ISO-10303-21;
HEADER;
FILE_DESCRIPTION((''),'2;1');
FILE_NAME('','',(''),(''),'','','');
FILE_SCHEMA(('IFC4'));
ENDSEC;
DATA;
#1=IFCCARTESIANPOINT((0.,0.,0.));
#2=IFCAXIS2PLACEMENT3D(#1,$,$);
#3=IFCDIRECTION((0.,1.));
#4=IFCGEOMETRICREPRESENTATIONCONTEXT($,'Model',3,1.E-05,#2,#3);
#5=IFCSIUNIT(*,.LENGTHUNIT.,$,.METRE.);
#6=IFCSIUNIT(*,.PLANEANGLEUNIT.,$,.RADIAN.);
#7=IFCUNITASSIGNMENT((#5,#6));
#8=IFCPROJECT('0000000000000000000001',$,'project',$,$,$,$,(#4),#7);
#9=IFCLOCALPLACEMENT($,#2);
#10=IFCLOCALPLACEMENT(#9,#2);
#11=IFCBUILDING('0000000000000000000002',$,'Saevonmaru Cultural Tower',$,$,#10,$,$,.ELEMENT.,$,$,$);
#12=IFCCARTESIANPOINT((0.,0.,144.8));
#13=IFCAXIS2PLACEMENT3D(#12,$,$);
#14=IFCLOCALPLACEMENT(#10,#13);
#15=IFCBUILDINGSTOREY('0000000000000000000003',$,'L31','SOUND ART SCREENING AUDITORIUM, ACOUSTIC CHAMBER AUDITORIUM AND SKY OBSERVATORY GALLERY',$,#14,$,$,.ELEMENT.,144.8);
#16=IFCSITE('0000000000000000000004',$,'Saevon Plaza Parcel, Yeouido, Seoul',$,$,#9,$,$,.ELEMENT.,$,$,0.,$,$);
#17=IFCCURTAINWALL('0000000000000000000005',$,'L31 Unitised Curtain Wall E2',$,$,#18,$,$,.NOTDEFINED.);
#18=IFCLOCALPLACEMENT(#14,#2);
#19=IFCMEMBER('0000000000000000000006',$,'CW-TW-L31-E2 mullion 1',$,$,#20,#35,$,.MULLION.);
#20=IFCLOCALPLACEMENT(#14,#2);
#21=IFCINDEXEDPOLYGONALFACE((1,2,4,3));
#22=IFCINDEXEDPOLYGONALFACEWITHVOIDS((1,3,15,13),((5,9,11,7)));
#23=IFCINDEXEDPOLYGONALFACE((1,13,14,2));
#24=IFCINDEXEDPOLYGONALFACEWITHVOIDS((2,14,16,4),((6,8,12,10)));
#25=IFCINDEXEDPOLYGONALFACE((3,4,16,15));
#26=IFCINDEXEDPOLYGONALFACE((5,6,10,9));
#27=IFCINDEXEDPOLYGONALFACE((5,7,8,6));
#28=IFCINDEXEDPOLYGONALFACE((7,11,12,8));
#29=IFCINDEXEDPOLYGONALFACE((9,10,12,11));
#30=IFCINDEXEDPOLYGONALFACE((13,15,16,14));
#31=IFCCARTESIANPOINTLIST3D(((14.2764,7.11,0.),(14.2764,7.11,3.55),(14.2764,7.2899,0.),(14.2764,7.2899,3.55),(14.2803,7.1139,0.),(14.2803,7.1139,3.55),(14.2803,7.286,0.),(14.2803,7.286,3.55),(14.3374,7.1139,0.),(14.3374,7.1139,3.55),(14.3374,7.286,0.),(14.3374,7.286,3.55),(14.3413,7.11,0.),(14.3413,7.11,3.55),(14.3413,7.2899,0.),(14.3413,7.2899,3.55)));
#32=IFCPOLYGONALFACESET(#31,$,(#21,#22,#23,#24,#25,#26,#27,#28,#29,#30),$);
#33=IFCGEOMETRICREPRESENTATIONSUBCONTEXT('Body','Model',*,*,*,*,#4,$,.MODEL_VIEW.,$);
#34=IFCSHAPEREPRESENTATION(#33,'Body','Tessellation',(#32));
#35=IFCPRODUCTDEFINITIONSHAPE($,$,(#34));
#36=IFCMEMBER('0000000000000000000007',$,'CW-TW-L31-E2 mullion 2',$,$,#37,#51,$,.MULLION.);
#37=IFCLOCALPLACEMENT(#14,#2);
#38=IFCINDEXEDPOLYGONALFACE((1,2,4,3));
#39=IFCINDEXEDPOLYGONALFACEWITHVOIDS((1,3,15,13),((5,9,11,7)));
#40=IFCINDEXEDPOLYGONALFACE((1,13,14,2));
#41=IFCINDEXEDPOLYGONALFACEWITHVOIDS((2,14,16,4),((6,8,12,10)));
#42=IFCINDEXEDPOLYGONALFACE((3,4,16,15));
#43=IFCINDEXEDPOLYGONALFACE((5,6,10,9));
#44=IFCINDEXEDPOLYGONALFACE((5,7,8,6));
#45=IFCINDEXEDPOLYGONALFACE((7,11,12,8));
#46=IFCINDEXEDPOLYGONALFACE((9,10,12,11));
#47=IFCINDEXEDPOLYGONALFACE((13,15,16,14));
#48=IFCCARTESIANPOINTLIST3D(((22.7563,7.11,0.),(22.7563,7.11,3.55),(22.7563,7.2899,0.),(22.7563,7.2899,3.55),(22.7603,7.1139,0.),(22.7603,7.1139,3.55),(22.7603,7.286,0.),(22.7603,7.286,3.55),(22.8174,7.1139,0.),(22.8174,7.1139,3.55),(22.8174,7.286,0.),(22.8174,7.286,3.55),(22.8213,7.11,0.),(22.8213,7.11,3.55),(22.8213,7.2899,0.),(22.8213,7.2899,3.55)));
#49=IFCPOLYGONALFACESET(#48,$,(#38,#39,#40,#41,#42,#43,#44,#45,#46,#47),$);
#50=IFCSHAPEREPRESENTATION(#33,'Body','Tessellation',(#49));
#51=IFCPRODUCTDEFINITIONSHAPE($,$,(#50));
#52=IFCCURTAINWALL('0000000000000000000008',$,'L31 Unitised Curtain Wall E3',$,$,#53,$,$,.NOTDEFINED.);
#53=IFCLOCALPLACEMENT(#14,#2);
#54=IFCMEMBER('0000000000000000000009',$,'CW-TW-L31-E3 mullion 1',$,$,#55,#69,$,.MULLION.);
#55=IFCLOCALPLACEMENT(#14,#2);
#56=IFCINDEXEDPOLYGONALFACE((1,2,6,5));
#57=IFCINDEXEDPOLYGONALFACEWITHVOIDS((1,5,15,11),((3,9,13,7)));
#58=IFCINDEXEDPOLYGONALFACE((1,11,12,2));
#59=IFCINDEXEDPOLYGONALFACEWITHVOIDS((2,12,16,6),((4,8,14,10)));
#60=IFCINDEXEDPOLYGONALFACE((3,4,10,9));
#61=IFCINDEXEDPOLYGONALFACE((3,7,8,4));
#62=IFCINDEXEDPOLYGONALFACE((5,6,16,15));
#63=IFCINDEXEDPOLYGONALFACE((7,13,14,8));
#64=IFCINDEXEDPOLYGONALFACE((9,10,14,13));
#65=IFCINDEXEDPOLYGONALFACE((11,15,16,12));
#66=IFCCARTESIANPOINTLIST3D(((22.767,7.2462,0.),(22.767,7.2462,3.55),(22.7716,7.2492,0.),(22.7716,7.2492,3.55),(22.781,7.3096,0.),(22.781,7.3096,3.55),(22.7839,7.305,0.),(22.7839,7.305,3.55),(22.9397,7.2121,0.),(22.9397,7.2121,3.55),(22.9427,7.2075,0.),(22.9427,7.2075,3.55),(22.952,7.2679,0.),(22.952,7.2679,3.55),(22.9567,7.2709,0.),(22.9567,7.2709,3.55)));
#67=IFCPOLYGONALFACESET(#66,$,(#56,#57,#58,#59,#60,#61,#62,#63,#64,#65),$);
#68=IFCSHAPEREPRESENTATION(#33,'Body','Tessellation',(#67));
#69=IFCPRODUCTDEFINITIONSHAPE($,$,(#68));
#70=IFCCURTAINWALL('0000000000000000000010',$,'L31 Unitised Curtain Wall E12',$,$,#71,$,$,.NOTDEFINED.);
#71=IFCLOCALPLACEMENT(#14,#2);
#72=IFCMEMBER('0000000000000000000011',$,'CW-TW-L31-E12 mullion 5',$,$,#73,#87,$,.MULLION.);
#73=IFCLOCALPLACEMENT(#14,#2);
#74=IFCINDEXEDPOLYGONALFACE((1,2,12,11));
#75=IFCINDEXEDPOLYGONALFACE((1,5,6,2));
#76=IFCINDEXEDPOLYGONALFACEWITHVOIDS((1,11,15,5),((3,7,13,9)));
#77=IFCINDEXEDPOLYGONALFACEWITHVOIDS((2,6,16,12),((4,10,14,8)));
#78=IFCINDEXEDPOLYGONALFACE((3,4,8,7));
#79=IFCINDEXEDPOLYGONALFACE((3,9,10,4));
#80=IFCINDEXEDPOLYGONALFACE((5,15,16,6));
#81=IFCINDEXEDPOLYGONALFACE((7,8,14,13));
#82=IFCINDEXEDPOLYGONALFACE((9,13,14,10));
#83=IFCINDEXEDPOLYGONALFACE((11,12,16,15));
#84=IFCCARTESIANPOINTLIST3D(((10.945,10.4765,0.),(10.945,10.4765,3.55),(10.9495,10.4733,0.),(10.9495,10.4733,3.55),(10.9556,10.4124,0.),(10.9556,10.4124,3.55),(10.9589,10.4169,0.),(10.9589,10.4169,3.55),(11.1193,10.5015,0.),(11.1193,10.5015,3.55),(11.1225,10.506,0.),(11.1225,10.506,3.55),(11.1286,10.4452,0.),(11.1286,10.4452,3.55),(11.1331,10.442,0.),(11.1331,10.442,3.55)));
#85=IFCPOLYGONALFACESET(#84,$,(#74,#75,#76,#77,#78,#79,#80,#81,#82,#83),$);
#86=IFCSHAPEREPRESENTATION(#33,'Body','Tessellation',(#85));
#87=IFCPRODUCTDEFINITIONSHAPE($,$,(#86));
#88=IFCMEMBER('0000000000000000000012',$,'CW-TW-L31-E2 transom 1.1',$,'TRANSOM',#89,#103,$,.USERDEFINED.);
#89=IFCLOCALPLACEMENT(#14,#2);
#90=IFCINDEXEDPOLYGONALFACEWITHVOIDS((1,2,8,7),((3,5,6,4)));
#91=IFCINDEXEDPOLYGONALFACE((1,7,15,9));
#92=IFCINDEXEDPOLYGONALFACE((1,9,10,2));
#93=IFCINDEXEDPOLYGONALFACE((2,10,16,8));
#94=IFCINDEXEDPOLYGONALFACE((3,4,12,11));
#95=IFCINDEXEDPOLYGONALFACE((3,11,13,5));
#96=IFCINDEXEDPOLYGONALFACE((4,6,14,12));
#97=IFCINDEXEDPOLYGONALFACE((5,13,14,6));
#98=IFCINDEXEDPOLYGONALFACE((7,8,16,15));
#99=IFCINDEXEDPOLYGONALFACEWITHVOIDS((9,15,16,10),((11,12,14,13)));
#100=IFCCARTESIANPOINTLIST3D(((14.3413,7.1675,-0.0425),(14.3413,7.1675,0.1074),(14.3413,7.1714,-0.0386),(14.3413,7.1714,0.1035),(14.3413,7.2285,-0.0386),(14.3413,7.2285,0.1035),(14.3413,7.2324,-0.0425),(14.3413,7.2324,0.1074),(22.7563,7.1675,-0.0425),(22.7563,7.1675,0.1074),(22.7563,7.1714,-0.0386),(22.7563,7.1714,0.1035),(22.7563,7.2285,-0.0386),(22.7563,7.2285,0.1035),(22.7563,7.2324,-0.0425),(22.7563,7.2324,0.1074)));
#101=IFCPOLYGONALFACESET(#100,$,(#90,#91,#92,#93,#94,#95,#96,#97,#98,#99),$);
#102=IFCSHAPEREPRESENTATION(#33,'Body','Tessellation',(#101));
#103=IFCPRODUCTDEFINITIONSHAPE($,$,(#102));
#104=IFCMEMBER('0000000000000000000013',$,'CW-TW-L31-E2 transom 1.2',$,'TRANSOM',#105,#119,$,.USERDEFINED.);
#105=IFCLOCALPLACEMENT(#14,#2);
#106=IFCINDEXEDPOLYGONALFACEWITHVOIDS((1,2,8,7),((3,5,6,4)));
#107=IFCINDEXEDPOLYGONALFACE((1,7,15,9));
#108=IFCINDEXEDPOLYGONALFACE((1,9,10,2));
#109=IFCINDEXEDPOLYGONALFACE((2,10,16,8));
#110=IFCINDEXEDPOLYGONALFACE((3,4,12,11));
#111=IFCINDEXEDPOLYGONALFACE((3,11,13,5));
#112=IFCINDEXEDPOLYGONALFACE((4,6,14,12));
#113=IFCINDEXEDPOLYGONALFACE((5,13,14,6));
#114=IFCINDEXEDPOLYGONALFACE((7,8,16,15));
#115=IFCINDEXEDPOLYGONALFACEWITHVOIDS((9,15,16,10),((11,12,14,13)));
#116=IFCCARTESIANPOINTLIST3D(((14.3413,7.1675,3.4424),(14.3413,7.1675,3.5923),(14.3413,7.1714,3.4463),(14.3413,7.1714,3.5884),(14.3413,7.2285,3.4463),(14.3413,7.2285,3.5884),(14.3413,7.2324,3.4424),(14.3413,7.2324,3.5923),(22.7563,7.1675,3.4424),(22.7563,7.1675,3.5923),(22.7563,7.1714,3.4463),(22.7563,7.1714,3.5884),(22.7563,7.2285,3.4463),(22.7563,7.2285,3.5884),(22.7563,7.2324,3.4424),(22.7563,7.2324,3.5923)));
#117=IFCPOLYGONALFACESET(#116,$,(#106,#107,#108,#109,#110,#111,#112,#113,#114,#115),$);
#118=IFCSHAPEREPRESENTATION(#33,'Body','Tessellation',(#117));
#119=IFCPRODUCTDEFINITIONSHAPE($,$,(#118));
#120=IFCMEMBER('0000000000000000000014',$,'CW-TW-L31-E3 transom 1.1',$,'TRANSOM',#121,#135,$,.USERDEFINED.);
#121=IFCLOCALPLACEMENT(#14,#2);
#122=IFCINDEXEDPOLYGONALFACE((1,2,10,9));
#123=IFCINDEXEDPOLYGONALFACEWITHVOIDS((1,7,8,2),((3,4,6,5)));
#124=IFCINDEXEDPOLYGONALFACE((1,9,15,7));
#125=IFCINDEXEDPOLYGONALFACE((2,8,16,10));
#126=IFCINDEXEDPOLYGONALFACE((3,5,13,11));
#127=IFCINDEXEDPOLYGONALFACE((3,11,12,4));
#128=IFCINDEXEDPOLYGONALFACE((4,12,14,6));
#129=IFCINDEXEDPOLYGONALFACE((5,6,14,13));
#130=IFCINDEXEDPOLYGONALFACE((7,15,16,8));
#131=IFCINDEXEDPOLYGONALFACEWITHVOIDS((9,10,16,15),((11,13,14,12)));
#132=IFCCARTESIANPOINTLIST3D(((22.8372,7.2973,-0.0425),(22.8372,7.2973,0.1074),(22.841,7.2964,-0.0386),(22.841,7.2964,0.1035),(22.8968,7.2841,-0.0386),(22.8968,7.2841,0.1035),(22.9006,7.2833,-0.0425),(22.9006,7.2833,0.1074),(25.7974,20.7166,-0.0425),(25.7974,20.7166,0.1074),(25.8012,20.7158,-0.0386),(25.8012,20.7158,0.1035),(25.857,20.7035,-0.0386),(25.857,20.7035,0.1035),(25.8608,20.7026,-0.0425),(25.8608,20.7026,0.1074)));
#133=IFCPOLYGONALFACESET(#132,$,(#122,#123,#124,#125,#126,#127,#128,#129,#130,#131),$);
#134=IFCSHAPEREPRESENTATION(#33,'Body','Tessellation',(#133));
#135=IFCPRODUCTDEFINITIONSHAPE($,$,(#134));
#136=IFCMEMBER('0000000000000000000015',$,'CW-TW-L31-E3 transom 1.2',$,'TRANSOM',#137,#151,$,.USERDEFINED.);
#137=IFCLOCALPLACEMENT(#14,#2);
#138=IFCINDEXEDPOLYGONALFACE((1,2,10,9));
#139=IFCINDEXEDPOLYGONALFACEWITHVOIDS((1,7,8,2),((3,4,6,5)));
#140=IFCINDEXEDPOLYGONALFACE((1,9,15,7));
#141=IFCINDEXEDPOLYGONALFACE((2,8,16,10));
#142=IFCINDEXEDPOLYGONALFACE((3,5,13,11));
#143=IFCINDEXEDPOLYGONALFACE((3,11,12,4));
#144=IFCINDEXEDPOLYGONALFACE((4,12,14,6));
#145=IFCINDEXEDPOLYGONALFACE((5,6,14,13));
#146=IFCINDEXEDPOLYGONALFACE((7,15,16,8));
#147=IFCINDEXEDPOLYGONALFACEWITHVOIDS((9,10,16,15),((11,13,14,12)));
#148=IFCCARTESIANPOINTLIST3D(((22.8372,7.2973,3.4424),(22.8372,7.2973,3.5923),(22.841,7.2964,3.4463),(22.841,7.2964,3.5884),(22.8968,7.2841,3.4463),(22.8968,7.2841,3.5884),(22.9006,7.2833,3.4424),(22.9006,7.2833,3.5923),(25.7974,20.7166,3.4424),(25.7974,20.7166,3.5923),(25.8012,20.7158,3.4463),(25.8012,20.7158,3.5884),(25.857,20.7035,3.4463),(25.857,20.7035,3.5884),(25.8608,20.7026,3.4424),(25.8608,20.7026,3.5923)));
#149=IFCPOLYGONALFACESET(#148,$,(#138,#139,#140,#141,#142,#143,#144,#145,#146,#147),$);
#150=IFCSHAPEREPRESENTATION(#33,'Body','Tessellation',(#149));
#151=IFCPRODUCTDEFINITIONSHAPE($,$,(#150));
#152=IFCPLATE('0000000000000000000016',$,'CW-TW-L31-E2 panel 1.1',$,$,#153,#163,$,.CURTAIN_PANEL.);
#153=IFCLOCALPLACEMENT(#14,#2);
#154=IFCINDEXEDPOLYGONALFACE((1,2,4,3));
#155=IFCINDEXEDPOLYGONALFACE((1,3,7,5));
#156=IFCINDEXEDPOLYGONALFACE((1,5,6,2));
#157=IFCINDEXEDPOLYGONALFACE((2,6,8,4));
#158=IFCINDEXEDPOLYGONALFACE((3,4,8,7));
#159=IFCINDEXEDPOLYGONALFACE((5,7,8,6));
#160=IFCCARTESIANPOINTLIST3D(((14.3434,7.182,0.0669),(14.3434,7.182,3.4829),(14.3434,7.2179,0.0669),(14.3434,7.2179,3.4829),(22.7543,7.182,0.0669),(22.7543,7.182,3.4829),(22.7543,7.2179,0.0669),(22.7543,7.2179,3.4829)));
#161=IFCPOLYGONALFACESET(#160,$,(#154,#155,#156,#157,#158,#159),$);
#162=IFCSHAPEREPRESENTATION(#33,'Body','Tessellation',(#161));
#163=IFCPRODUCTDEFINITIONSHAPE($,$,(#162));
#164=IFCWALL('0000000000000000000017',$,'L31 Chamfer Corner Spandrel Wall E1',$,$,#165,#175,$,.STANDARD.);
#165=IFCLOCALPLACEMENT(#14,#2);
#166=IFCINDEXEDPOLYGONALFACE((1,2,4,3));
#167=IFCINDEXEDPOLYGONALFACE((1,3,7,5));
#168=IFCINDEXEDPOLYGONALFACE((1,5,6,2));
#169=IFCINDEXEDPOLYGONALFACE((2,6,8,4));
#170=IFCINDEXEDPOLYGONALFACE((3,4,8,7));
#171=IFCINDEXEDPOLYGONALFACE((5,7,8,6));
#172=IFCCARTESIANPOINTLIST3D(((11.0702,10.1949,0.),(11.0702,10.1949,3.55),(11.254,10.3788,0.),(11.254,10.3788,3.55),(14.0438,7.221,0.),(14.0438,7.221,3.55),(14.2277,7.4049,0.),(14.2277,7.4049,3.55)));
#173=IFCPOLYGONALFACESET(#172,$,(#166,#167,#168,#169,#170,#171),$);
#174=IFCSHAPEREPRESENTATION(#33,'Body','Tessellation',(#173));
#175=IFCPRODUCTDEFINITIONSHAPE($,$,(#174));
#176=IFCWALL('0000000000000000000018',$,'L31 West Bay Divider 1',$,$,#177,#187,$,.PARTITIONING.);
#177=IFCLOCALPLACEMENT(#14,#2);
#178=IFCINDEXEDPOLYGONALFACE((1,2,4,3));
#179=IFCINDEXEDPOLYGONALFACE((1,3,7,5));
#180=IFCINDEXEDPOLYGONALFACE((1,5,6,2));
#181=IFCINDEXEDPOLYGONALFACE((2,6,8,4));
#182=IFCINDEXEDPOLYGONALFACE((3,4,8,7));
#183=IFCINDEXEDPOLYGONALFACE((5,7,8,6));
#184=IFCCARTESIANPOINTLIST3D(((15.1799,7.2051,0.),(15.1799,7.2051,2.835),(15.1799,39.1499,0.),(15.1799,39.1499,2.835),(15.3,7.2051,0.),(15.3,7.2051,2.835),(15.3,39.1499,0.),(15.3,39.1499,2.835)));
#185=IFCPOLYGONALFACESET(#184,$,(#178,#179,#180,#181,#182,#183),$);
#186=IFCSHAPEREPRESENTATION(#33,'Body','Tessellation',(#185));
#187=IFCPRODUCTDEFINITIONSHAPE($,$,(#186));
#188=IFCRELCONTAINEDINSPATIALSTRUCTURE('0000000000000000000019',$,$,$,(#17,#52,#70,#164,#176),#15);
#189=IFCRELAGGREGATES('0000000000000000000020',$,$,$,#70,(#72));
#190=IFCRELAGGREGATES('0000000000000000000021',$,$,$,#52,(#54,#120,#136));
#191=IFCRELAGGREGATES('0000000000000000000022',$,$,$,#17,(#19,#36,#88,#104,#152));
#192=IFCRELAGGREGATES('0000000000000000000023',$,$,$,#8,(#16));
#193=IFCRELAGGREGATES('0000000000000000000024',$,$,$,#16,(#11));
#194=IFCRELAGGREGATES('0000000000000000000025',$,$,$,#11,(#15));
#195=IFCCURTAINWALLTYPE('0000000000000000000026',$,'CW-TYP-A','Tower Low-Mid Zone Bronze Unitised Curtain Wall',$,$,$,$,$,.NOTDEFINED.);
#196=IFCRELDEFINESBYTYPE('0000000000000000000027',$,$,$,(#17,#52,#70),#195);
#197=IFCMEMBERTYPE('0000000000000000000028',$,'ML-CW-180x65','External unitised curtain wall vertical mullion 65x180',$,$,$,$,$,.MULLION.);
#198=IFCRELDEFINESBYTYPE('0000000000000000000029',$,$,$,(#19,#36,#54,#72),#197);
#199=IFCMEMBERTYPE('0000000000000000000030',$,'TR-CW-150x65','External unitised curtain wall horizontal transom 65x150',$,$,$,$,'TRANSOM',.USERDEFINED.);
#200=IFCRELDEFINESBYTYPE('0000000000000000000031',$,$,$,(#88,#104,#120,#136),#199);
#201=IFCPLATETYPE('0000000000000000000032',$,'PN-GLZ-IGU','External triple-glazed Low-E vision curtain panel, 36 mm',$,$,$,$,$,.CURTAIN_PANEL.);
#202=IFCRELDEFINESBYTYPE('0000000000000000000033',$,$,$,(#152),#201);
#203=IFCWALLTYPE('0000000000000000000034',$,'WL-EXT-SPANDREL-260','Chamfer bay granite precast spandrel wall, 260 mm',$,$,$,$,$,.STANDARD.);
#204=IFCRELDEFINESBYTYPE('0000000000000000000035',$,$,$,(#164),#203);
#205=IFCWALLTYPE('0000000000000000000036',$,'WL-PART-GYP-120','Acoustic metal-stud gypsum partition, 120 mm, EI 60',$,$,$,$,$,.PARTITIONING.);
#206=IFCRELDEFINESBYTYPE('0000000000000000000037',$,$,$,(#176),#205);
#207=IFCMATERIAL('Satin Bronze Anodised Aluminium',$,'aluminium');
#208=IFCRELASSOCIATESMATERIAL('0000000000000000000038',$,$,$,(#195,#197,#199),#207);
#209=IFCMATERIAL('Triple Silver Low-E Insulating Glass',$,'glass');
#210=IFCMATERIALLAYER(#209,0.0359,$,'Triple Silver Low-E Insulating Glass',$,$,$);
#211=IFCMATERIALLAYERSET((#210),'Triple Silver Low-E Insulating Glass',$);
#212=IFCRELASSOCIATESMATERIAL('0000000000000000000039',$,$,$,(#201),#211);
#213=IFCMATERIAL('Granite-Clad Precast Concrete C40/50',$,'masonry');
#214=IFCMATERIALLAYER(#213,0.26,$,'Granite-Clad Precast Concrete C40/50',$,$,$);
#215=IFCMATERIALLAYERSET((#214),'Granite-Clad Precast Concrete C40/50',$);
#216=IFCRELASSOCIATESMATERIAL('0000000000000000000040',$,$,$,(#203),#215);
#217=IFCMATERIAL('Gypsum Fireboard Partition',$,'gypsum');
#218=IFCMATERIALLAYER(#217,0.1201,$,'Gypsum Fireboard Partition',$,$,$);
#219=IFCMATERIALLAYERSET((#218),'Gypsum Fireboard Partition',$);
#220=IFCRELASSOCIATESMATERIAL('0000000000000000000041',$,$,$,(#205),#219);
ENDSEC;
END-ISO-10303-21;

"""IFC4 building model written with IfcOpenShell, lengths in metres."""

from ifc_helpers import new_model, si_unit, direction, frame, frame_2d, origin, origin_2d, place, context, subcontext, project, spatial, rectangle, hollow_rectangle, extrude, material, layer, layer_set, material_profile, profile_set, type_object, element, aggregate, save


model = new_model("IFC4")

# Units and contexts
model_context = context("Model", 3, precision=1e-05, world=origin(), true_north=direction((0.0, 1.0)))
body_context = subcontext(model_context, "Body", "Model", "MODEL_VIEW")
ifc_project = project(units=[si_unit("LENGTHUNIT", "METRE"), si_unit("PLANEANGLEUNIT", "RADIAN")], contexts=[model_context])

# Site, building, storey
site_placement = place(None, origin())
site = spatial("IfcSite", under=ifc_project, at=site_placement, Name="Saevon Plaza Parcel, Yeouido, Seoul", CompositionType="ELEMENT", RefElevation=0.0)
building_placement = place(site_placement, origin())
building = spatial("IfcBuilding", under=site, at=building_placement, Name="Saevonmaru Cultural Tower", CompositionType="ELEMENT")
storey_placement = place(building_placement, frame((0.0, 0.0, 144.8)))
storey = spatial("IfcBuildingStorey", under=building, at=storey_placement, Name="L31", Description="SOUND ART SCREENING AUDITORIUM, ACOUSTIC CHAMBER AUDITORIUM AND SKY OBSERVATORY GALLERY", CompositionType="ELEMENT", Elevation=144.8)

# Curtain wall, members
ifc_material_1 = material(Name="Satin Bronze Anodised Aluminium", Category="aluminium")
curtain_wall_type = type_object("IfcCurtainWallType", Name="CW-TYP-A", Description="Tower Low-Mid Zone Bronze Unitised Curtain Wall", PredefinedType="NOTDEFINED", material=ifc_material_1)
curtain_wall_1_placement = place(storey_placement, origin())
curtain_wall_1 = element("IfcCurtainWall", 1, at=curtain_wall_1_placement, inside=storey, type_object=curtain_wall_type, Name="L31 Unitised Curtain Wall E2", PredefinedType="NOTDEFINED")
ifc_material_profile_1 = material_profile(ifc_material_1, hollow_rectangle(XDim=0.0649, YDim=0.1799, WallThickness=0.0039, at=origin_2d()), Name="ALU-MULL-180x65x4")
ifc_profile_set_1 = profile_set([ifc_material_profile_1], Name="Satin Bronze Anodised Aluminium")
member_type_1 = type_object("IfcMemberType", Name="ML-CW-180x65", Description="External unitised curtain wall vertical mullion 65x180", PredefinedType="MULLION", material=ifc_profile_set_1)
member_1_placement = place(storey_placement, frame((14.3088, 7.2, 0.0), z_axis=(0.0, 0.0, 1.0), x_axis=(1.0, 0.0, 0.0)))
member_1 = element("IfcMember", 2, at=member_1_placement, type_object=member_type_1, Name="CW-TW-L31-E2 mullion 1", PredefinedType="MULLION", context=body_context, shape_type="SweptSolid", body=[
    extrude(hollow_rectangle(XDim=0.0649, YDim=0.1799, WallThickness=0.0039, at=origin_2d()), origin(), (0.0, 0.0, 1.0), 3.55),
])
member_2_placement = place(storey_placement, frame((22.7888, 7.2, 0.0), z_axis=(0.0, 0.0, 1.0), x_axis=(1.0, 0.0, 0.0)))
member_2 = element("IfcMember", 3, at=member_2_placement, type_object=member_type_1, Name="CW-TW-L31-E2 mullion 2", PredefinedType="MULLION", context=body_context, shape_type="SweptSolid", body=[
    extrude(hollow_rectangle(XDim=0.0649, YDim=0.1799, WallThickness=0.0039, at=origin_2d()), origin(), (0.0, 0.0, 1.0), 3.55),
])

# Curtain walls, members
curtain_wall_2_placement = place(storey_placement, origin())
curtain_wall_2 = element("IfcCurtainWall", 4, at=curtain_wall_2_placement, inside=storey, type_object=curtain_wall_type, Name="L31 Unitised Curtain Wall E3", PredefinedType="NOTDEFINED")
member_3_placement = place(storey_placement, frame((22.8618, 7.2585, 0.0), z_axis=(0.0, 0.0, 1.0), x_axis=(0.215413, 0.976523, 0.0)))
member_3 = element("IfcMember", 5, at=member_3_placement, type_object=member_type_1, Name="CW-TW-L31-E3 mullion 1", PredefinedType="MULLION", context=body_context, shape_type="SweptSolid", body=[
    extrude(hollow_rectangle(XDim=0.0649, YDim=0.1799, WallThickness=0.0039, at=origin_2d()), origin(), (0.0, 0.0, 1.0), 3.55),
])
curtain_wall_3_placement = place(storey_placement, origin())
curtain_wall_3 = element("IfcCurtainWall", 6, at=curtain_wall_3_placement, inside=storey, type_object=curtain_wall_type, Name="L31 Unitised Curtain Wall E12", PredefinedType="NOTDEFINED")
member_4_placement = place(storey_placement, frame((11.0391, 10.4592, 0.0), z_axis=(0.0, 0.0, 1.0), x_axis=(0.163999, -0.986461, 0.0)))
member_4 = element("IfcMember", 7, at=member_4_placement, type_object=member_type_1, Name="CW-TW-L31-E12 mullion 5", PredefinedType="MULLION", context=body_context, shape_type="SweptSolid", body=[
    extrude(hollow_rectangle(XDim=0.0649, YDim=0.1799, WallThickness=0.0039, at=origin_2d()), origin(), (0.0, 0.0, 1.0), 3.55),
])
aggregate(curtain_wall_3, [member_4])

# Members
ifc_material_profile_2 = material_profile(ifc_material_1, hollow_rectangle(XDim=0.0649, YDim=0.1499, WallThickness=0.0039, at=origin_2d()), Name="ALU-TRAN-150x65x4")
ifc_profile_set_2 = profile_set([ifc_material_profile_2], Name="Satin Bronze Anodised Aluminium")
member_type_2 = type_object("IfcMemberType", Name="TR-CW-150x65", Description="External unitised curtain wall horizontal transom 65x150", ElementType="TRANSOM", PredefinedType="USERDEFINED", material=ifc_profile_set_2)
member_5_placement = place(storey_placement, frame((14.3413, 7.2, 0.0325), z_axis=(1.0, 0.0, 0.0), x_axis=(0.0, 1.0, 0.0)))
member_5 = element("IfcMember", 8, at=member_5_placement, type_object=member_type_2, Name="CW-TW-L31-E2 transom 1.1", ObjectType="TRANSOM", PredefinedType="USERDEFINED", context=body_context, shape_type="SweptSolid", body=[
    extrude(hollow_rectangle(XDim=0.0649, YDim=0.1499, WallThickness=0.0039, at=origin_2d()), origin(), (0.0, 0.0, 1.0), 8.415),
])
member_6_placement = place(storey_placement, frame((14.3413, 7.2, 3.5173), z_axis=(1.0, 0.0, 0.0), x_axis=(0.0, 1.0, 0.0)))
member_6 = element("IfcMember", 9, at=member_6_placement, type_object=member_type_2, Name="CW-TW-L31-E2 transom 1.2", ObjectType="TRANSOM", PredefinedType="USERDEFINED", context=body_context, shape_type="SweptSolid", body=[
    extrude(hollow_rectangle(XDim=0.0649, YDim=0.1499, WallThickness=0.0039, at=origin_2d()), origin(), (0.0, 0.0, 1.0), 8.415),
])
member_7_placement = place(storey_placement, frame((22.8689, 7.2903, 0.0325), z_axis=(0.215412, 0.976523, 0.0), x_axis=(-0.976523, 0.215412, 0.0)))
member_7 = element("IfcMember", 10, at=member_7_placement, type_object=member_type_2, Name="CW-TW-L31-E3 transom 1.1", ObjectType="TRANSOM", PredefinedType="USERDEFINED", context=body_context, shape_type="SweptSolid", body=[
    extrude(hollow_rectangle(XDim=0.0649, YDim=0.1499, WallThickness=0.0039, at=origin_2d()), origin(), (0.0, 0.0, 1.0), 13.7419),
])
member_8_placement = place(storey_placement, frame((22.8689, 7.2903, 3.5173), z_axis=(0.215412, 0.976523, 0.0), x_axis=(-0.976523, 0.215412, 0.0)))
member_8 = element("IfcMember", 11, at=member_8_placement, type_object=member_type_2, Name="CW-TW-L31-E3 transom 1.2", ObjectType="TRANSOM", PredefinedType="USERDEFINED", context=body_context, shape_type="SweptSolid", body=[
    extrude(hollow_rectangle(XDim=0.0649, YDim=0.1499, WallThickness=0.0039, at=origin_2d()), origin(), (0.0, 0.0, 1.0), 13.7419),
])
aggregate(curtain_wall_2, [member_3, member_7, member_8])

# Plate
ifc_material_2 = material(Name="Triple Silver Low-E Insulating Glass", Category="glass")
ifc_layer_1 = layer(ifc_material_2, 0.0359, Name="Triple Silver Low-E Insulating Glass")
ifc_layer_set_1 = layer_set([ifc_layer_1], Name="Triple Silver Low-E Insulating Glass")
plate_type = type_object("IfcPlateType", Name="PN-GLZ-IGU", Description="External triple-glazed Low-E vision curtain panel, 36 mm", PredefinedType="CURTAIN_PANEL", material=ifc_layer_set_1)
plate_placement = place(storey_placement, frame((18.5488, 7.2, 0.0669), z_axis=(0.0, 0.0, 1.0), x_axis=(1.0, 0.0, 0.0)))
plate = element("IfcPlate", 12, at=plate_placement, type_object=plate_type, Name="CW-TW-L31-E2 panel 1.1", PredefinedType="CURTAIN_PANEL", context=body_context, shape_type="SweptSolid", body=[
    extrude(rectangle(XDim=8.4109, YDim=0.0359, at=origin_2d()), origin(), (0.0, 0.0, 1.0), 3.416),
])
aggregate(curtain_wall_1, [member_1, member_2, member_5, member_6, plate])

# Walls
ifc_material_3 = material(Name="Granite-Clad Precast Concrete C40/50", Category="masonry")
ifc_layer_2 = layer(ifc_material_3, 0.26, Name="Granite-Clad Precast Concrete C40/50")
ifc_layer_set_2 = layer_set([ifc_layer_2], Name="Granite-Clad Precast Concrete C40/50")
wall_type_1 = type_object("IfcWallType", Name="WL-EXT-SPANDREL-260", Description="Chamfer bay granite precast spandrel wall, 260 mm", PredefinedType="STANDARD", material=ifc_layer_set_2)
wall_1_placement = place(storey_placement, frame((11.1621, 10.2869, 0.0), z_axis=(0.0, 0.0, 1.0), x_axis=(0.707078, -0.707136, 0.0)))
element("IfcWall", 13, at=wall_1_placement, inside=storey, type_object=wall_type_1, Name="L31 Chamfer Corner Spandrel Wall E1", PredefinedType="STANDARD", context=body_context, shape_type="SweptSolid", body=[
    extrude(rectangle(XDim=4.2056, YDim=0.26, at=frame_2d((2.1028, 0.0))), origin(), (0.0, 0.0, 1.0), 3.55),
])
ifc_material_4 = material(Name="Gypsum Fireboard Partition", Category="gypsum")
ifc_layer_3 = layer(ifc_material_4, 0.1201, Name="Gypsum Fireboard Partition")
ifc_layer_set_3 = layer_set([ifc_layer_3], Name="Gypsum Fireboard Partition")
wall_type_2 = type_object("IfcWallType", Name="WL-PART-GYP-120", Description="Acoustic metal-stud gypsum partition, 120 mm, EI 60", PredefinedType="PARTITIONING", material=ifc_layer_set_3)
wall_2_placement = place(storey_placement, frame((15.24, 7.2051, 0.0), z_axis=(0.0, 0.0, 1.0), x_axis=(0.0, 1.0, 0.0)))
element("IfcWall", 14, at=wall_2_placement, inside=storey, type_object=wall_type_2, Name="L31 West Bay Divider 1", PredefinedType="PARTITIONING", context=body_context, shape_type="SweptSolid", body=[
    extrude(rectangle(XDim=31.9448, YDim=0.1201, at=frame_2d((15.9724, 0.0))), origin(), (0.0, 0.0, 1.0), 2.835),
])

save(model, "model.ifc")
